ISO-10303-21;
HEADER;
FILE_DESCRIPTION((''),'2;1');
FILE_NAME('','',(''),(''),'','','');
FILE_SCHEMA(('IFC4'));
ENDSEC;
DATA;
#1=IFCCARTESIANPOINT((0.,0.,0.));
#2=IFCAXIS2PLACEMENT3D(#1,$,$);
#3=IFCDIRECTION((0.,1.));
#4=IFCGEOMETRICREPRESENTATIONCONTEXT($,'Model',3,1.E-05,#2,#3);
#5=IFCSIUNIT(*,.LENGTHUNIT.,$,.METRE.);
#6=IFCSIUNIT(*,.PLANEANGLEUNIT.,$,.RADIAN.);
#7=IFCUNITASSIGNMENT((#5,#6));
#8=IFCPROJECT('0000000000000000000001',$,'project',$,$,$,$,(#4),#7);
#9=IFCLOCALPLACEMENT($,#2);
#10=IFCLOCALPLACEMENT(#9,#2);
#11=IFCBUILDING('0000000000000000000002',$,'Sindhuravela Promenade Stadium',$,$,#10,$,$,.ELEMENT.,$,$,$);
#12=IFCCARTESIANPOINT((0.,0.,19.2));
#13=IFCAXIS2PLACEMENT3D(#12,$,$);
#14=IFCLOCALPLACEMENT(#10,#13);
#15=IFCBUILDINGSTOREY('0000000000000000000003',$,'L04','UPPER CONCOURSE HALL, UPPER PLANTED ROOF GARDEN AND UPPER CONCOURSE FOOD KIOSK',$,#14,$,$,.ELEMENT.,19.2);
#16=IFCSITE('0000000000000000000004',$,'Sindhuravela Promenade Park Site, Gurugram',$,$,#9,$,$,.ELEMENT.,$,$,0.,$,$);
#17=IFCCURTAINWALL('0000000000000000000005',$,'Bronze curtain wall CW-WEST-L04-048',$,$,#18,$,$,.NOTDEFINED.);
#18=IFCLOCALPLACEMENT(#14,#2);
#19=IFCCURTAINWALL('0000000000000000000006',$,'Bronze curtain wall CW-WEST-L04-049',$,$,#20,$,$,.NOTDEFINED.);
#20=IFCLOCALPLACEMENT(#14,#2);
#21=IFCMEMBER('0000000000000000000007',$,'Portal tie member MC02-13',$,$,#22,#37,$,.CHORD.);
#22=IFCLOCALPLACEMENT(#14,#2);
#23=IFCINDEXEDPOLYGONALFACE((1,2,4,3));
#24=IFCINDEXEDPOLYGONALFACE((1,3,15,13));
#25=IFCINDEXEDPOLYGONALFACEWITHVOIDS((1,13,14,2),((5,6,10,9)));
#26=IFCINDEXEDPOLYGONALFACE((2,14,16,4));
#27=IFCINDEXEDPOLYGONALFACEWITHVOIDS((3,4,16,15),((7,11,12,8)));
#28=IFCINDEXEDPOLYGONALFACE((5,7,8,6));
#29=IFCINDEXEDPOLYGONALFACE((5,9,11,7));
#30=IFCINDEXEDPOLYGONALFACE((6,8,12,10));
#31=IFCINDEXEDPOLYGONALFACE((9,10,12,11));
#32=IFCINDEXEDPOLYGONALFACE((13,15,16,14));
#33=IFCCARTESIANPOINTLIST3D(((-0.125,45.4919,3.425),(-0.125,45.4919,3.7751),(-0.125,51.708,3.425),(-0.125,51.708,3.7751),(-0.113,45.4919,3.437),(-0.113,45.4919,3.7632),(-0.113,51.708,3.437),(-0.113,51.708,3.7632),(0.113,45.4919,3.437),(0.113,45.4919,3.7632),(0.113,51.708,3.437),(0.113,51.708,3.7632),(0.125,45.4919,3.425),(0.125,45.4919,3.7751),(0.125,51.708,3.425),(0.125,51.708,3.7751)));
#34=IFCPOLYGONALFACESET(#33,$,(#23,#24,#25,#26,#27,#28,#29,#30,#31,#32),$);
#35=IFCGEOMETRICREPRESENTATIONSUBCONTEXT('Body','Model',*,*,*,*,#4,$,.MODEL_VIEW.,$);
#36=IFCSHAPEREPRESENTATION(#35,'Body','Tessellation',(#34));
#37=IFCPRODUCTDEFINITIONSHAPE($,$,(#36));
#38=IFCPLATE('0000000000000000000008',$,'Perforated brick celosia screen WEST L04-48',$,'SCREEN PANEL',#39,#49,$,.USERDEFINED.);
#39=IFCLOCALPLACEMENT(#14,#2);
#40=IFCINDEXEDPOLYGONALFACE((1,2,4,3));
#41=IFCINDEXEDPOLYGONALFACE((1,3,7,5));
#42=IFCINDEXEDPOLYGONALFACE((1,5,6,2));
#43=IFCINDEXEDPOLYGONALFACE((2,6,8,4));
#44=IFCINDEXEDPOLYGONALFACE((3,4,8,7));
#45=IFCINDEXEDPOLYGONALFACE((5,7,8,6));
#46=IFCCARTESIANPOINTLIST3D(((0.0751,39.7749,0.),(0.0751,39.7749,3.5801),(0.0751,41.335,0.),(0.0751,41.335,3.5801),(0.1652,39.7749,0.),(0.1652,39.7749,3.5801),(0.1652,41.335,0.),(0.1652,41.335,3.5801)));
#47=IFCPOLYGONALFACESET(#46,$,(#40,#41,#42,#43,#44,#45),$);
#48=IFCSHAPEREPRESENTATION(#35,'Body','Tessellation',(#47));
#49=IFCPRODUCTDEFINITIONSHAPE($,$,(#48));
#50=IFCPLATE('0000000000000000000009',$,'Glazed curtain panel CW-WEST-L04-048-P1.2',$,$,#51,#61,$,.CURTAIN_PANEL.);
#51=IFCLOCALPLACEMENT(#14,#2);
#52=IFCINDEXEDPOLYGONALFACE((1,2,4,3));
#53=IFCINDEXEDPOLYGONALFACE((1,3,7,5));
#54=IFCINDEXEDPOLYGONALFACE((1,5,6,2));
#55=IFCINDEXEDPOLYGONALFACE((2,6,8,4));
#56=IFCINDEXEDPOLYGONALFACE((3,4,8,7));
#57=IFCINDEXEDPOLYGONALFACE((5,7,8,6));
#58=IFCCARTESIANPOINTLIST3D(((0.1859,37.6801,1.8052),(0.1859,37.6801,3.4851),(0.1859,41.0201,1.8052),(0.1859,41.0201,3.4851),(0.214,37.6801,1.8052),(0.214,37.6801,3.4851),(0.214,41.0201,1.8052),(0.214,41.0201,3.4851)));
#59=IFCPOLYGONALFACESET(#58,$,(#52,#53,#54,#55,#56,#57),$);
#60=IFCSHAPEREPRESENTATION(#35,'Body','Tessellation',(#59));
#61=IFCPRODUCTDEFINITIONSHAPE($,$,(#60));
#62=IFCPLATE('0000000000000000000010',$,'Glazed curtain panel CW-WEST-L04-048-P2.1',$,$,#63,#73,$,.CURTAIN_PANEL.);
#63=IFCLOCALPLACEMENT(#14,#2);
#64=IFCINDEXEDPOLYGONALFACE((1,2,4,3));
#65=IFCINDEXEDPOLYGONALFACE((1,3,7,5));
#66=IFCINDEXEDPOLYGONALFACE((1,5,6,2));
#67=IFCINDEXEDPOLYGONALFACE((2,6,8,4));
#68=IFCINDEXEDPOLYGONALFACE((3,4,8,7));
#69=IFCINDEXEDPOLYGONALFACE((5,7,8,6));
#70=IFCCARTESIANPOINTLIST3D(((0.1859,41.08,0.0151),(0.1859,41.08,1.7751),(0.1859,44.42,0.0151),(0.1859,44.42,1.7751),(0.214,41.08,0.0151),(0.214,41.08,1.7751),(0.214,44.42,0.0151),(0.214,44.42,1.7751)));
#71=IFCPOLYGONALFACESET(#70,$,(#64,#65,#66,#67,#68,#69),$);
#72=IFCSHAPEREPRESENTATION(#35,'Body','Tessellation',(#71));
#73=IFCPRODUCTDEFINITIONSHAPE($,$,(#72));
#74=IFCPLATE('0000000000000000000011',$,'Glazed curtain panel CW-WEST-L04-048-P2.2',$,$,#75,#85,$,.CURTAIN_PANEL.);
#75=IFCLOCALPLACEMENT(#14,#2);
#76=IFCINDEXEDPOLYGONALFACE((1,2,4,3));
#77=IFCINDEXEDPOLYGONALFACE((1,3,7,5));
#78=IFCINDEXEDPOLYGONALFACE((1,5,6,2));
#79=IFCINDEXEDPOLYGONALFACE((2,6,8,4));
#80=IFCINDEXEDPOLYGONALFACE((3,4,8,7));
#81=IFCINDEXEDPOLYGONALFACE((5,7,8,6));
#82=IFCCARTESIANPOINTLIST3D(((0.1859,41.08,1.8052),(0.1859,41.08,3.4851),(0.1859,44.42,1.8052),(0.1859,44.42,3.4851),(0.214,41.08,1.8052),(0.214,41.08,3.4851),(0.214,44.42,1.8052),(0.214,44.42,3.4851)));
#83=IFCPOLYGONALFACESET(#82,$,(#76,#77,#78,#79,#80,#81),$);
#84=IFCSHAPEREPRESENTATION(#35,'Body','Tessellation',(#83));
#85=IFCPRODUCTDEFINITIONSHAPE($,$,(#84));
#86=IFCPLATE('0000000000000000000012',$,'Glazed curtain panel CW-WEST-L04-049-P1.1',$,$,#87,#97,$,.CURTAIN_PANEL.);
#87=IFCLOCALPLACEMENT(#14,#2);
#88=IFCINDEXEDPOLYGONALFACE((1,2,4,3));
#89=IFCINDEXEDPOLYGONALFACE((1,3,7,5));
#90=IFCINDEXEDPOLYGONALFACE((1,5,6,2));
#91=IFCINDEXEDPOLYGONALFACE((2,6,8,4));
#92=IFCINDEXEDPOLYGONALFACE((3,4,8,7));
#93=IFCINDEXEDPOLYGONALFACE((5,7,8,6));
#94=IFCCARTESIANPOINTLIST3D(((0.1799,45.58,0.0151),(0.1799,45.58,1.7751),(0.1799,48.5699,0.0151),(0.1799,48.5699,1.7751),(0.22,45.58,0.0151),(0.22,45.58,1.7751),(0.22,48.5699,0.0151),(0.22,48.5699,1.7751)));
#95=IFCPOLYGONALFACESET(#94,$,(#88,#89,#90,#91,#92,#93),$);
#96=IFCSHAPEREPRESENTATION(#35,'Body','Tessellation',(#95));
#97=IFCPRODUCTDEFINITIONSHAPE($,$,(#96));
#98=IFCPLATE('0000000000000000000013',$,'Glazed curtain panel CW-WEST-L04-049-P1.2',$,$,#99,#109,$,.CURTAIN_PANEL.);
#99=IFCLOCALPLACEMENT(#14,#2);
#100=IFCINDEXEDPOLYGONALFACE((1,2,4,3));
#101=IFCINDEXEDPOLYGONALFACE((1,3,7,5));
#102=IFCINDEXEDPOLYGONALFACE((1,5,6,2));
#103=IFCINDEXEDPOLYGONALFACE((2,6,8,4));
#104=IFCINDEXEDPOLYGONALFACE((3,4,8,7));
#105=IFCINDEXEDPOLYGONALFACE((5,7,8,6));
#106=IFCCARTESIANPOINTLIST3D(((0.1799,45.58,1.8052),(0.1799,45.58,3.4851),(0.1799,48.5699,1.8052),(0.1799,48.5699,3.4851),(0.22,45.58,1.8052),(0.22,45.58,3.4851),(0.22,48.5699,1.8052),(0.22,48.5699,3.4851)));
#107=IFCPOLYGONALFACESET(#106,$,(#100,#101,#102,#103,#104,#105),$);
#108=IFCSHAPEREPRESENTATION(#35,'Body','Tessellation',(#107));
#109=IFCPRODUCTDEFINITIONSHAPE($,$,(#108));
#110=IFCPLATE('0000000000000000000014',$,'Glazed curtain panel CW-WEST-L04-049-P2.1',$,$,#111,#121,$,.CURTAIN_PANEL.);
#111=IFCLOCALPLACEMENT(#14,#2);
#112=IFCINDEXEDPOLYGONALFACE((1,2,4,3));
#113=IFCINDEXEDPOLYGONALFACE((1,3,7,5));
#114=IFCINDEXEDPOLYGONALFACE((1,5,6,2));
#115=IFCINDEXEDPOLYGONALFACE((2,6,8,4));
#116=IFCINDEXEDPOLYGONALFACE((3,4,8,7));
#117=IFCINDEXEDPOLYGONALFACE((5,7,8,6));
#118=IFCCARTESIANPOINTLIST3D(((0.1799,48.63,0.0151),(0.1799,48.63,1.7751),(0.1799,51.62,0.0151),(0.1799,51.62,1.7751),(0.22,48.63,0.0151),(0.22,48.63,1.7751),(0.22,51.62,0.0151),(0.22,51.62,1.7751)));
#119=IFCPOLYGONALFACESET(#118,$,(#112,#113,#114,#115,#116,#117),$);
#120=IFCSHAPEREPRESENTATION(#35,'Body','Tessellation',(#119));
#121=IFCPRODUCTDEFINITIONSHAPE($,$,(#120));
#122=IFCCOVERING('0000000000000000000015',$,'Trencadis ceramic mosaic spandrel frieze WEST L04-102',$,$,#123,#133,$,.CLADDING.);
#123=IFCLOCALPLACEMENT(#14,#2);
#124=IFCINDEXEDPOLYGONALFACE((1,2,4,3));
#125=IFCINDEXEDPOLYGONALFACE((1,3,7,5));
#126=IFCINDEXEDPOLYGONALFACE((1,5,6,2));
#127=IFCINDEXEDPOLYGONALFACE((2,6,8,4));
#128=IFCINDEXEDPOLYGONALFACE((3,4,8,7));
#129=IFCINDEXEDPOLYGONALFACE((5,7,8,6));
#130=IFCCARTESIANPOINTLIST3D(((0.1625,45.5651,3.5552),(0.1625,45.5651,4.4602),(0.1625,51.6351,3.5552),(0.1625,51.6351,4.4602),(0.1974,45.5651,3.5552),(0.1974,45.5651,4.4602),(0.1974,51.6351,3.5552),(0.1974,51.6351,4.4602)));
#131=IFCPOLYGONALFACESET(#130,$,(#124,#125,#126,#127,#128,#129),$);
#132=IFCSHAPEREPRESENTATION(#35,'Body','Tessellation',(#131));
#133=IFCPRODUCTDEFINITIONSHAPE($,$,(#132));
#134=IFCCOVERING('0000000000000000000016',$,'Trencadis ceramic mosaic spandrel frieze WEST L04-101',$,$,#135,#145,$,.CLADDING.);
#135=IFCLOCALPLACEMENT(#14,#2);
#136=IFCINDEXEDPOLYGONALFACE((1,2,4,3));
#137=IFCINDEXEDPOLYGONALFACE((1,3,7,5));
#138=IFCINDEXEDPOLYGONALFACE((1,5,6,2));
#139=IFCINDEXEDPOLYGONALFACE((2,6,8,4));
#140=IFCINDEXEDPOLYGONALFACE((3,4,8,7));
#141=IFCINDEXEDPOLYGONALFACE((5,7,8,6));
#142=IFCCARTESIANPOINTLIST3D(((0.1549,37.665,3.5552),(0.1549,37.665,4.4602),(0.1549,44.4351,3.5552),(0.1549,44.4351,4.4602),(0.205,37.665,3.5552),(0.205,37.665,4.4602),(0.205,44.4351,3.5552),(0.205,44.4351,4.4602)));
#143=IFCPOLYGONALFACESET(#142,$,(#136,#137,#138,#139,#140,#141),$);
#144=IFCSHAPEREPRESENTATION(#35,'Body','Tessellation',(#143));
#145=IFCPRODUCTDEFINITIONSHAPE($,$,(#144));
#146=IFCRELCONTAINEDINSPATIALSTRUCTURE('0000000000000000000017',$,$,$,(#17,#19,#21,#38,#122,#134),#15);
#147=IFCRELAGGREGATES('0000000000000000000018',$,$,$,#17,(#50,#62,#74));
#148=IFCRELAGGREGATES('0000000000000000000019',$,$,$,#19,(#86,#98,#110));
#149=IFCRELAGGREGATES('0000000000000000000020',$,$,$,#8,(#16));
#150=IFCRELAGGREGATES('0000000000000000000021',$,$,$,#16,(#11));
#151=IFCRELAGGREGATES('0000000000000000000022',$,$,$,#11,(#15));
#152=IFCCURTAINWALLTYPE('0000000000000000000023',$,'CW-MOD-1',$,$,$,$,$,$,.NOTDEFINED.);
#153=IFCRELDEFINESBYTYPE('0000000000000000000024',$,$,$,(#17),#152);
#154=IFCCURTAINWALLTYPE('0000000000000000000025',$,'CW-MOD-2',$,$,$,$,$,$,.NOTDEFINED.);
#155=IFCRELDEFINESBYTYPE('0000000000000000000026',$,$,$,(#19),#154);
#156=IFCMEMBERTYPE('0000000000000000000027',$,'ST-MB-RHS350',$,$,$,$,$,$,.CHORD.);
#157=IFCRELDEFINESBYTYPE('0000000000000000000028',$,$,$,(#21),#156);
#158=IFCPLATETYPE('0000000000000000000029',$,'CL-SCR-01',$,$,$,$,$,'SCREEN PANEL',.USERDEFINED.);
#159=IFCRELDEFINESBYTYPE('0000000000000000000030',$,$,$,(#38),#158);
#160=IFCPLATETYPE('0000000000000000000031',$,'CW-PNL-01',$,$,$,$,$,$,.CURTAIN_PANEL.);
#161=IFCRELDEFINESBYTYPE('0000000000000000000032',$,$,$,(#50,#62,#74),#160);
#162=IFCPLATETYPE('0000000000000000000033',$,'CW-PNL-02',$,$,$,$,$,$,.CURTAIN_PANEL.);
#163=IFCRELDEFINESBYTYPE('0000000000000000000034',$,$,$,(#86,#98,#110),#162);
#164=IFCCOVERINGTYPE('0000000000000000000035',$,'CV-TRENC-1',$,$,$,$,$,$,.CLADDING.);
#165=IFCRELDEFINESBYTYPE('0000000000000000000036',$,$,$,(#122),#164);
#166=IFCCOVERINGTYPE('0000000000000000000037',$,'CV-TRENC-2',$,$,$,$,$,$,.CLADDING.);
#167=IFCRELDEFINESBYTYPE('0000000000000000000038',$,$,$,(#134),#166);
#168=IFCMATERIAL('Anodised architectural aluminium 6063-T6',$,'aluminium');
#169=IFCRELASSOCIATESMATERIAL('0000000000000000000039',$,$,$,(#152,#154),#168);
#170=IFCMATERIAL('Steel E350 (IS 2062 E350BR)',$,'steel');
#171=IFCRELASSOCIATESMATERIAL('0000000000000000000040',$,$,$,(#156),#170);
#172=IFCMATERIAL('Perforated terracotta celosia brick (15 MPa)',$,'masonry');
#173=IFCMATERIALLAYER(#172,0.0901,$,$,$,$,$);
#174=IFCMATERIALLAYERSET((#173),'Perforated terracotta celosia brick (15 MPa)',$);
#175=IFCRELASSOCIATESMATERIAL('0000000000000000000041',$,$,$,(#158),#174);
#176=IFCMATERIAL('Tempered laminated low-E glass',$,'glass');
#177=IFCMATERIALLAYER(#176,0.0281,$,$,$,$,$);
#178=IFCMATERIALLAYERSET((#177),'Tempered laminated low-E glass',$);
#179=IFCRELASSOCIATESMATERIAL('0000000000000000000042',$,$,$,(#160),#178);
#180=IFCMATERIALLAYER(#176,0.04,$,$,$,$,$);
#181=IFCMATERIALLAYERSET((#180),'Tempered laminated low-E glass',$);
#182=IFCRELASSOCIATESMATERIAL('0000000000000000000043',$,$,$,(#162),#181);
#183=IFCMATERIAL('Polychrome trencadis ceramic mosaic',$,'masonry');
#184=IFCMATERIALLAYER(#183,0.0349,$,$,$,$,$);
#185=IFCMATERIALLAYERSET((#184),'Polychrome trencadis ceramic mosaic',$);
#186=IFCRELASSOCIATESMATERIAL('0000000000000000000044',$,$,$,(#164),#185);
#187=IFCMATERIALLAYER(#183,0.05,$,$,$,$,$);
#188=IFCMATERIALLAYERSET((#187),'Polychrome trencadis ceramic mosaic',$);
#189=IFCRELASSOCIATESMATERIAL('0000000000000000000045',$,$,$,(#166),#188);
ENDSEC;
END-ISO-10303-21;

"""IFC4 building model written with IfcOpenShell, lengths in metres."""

from ifc_helpers import new_model, si_unit, direction, frame, origin, origin_2d, place, context, subcontext, project, spatial, rectangle, hollow_rectangle, extrude, material, layer, layer_set, material_profile, profile_set, type_object, element, aggregate, save


model = new_model("IFC4")

# Units and contexts
model_context = context("Model", 3, precision=1e-05, world=origin(), true_north=direction((0.0, 1.0)))
body_context = subcontext(model_context, "Body", "Model", "MODEL_VIEW")
ifc_project = project(units=[si_unit("LENGTHUNIT", "METRE"), si_unit("PLANEANGLEUNIT", "RADIAN")], contexts=[model_context])

# Site, building, storey
site_placement = place(None, origin())
site = spatial("IfcSite", under=ifc_project, at=site_placement, Name="Sindhuravela Promenade Park Site, Gurugram", CompositionType="ELEMENT", RefElevation=0.0)
building_placement = place(site_placement, origin())
building = spatial("IfcBuilding", under=site, at=building_placement, Name="Sindhuravela Promenade Stadium", CompositionType="ELEMENT")
storey_placement = place(building_placement, frame((0.0, 0.0, 19.2)))
storey = spatial("IfcBuildingStorey", under=building, at=storey_placement, Name="L04", Description="UPPER CONCOURSE HALL, UPPER PLANTED ROOF GARDEN AND UPPER CONCOURSE FOOD KIOSK", CompositionType="ELEMENT", Elevation=19.2)

# Curtain walls
ifc_material_1 = material(Name="Anodised architectural aluminium 6063-T6", Category="aluminium")
curtain_wall_type_1 = type_object("IfcCurtainWallType", Name="CW-MOD-1", PredefinedType="NOTDEFINED", material=ifc_material_1)
curtain_wall_1_placement = place(storey_placement, origin())
curtain_wall_1 = element("IfcCurtainWall", 1, at=curtain_wall_1_placement, inside=storey, type_object=curtain_wall_type_1, Name="Bronze curtain wall CW-WEST-L04-048", PredefinedType="NOTDEFINED")
curtain_wall_type_2 = type_object("IfcCurtainWallType", Name="CW-MOD-2", PredefinedType="NOTDEFINED", material=ifc_material_1)
curtain_wall_2_placement = place(storey_placement, origin())
curtain_wall_2 = element("IfcCurtainWall", 2, at=curtain_wall_2_placement, inside=storey, type_object=curtain_wall_type_2, Name="Bronze curtain wall CW-WEST-L04-049", PredefinedType="NOTDEFINED")

# Shared definitions
ifc_material_2 = material(Name="Steel E350 (IS 2062 E350BR)", Category="steel")

# Member
ifc_material_profile_1 = material_profile(ifc_material_2, hollow_rectangle(XDim=0.25, YDim=0.3501, WallThickness=0.012, at=origin_2d()), Name="RHS 350x250x12")
ifc_profile_set_1 = profile_set([ifc_material_profile_1], Name="Steel E350 (IS 2062 E350BR)")
member_type_1 = type_object("IfcMemberType", Name="ST-MB-RHS350", PredefinedType="CHORD", material=ifc_profile_set_1)
member_1_placement = place(storey_placement, frame((0.0, 45.4919, 3.6001), z_axis=(0.0, 1.0, 0.0), x_axis=(-1.0, 0.0, 0.0)))
element("IfcMember", 3, at=member_1_placement, inside=storey, type_object=member_type_1, Name="Portal tie member MC02-13", PredefinedType="CHORD", context=body_context, shape_type="SweptSolid", body=[
    extrude(hollow_rectangle(XDim=0.25, YDim=0.3501, WallThickness=0.012, at=origin_2d()), origin(), (0.0, 0.0, 1.0), 6.2161),
])

# Plates
ifc_material_3 = material(Name="Perforated terracotta celosia brick (15 MPa)", Category="masonry")
ifc_layer_1 = layer(ifc_material_3, 0.0901)
ifc_layer_set_1 = layer_set([ifc_layer_1], Name="Perforated terracotta celosia brick (15 MPa)")
plate_type_1 = type_object("IfcPlateType", Name="CL-SCR-01", ElementType="SCREEN PANEL", PredefinedType="USERDEFINED", material=ifc_layer_set_1)
plate_1_placement = place(storey_placement, frame((0.1201, 40.5549, 0.0), z_axis=(0.0, 0.0, 1.0), x_axis=(0.0, 1.0, 0.0)))
element("IfcPlate", 4, at=plate_1_placement, inside=storey, type_object=plate_type_1, Name="Perforated brick celosia screen WEST L04-48", ObjectType="SCREEN PANEL", PredefinedType="USERDEFINED", context=body_context, shape_type="SweptSolid", body=[
    extrude(rectangle(XDim=1.5601, YDim=0.0901, at=origin_2d()), origin(), (0.0, 0.0, 1.0), 3.5801),
])
ifc_material_4 = material(Name="Tempered laminated low-E glass", Category="glass")
ifc_layer_2 = layer(ifc_material_4, 0.0281)
ifc_layer_set_2 = layer_set([ifc_layer_2], Name="Tempered laminated low-E glass")
plate_type_2 = type_object("IfcPlateType", Name="CW-PNL-01", PredefinedType="CURTAIN_PANEL", material=ifc_layer_set_2)
plate_2_placement = place(storey_placement, frame((0.2, 39.3501, 1.8052), z_axis=(0.0, 0.0, 1.0), x_axis=(0.0, 1.0, 0.0)))
plate_2 = element("IfcPlate", 5, at=plate_2_placement, type_object=plate_type_2, Name="Glazed curtain panel CW-WEST-L04-048-P1.2", PredefinedType="CURTAIN_PANEL", context=body_context, shape_type="SweptSolid", body=[
    extrude(rectangle(XDim=3.3401, YDim=0.0281, at=origin_2d()), origin(), (0.0, 0.0, 1.0), 1.6799),
])
plate_3_placement = place(storey_placement, frame((0.2, 42.75, 0.0151), z_axis=(0.0, 0.0, 1.0), x_axis=(0.0, 1.0, 0.0)))
plate_3 = element("IfcPlate", 6, at=plate_3_placement, type_object=plate_type_2, Name="Glazed curtain panel CW-WEST-L04-048-P2.1", PredefinedType="CURTAIN_PANEL", context=body_context, shape_type="SweptSolid", body=[
    extrude(rectangle(XDim=3.3401, YDim=0.0281, at=origin_2d()), origin(), (0.0, 0.0, 1.0), 1.76),
])
plate_4_placement = place(storey_placement, frame((0.2, 42.75, 1.8052), z_axis=(0.0, 0.0, 1.0), x_axis=(0.0, 1.0, 0.0)))
plate_4 = element("IfcPlate", 7, at=plate_4_placement, type_object=plate_type_2, Name="Glazed curtain panel CW-WEST-L04-048-P2.2", PredefinedType="CURTAIN_PANEL", context=body_context, shape_type="SweptSolid", body=[
    extrude(rectangle(XDim=3.3401, YDim=0.0281, at=origin_2d()), origin(), (0.0, 0.0, 1.0), 1.6799),
])
aggregate(curtain_wall_1, [plate_2, plate_3, plate_4])
ifc_layer_3 = layer(ifc_material_4, 0.04)
ifc_layer_set_3 = layer_set([ifc_layer_3], Name="Tempered laminated low-E glass")
plate_type_3 = type_object("IfcPlateType", Name="CW-PNL-02", PredefinedType="CURTAIN_PANEL", material=ifc_layer_set_3)
plate_5_placement = place(storey_placement, frame((0.2, 47.075, 0.0151), z_axis=(0.0, 0.0, 1.0), x_axis=(0.0, 1.0, 0.0)))
plate_5 = element("IfcPlate", 8, at=plate_5_placement, type_object=plate_type_3, Name="Glazed curtain panel CW-WEST-L04-049-P1.1", PredefinedType="CURTAIN_PANEL", context=body_context, shape_type="SweptSolid", body=[
    extrude(rectangle(XDim=2.99, YDim=0.04, at=origin_2d()), origin(), (0.0, 0.0, 1.0), 1.76),
])
plate_6_placement = place(storey_placement, frame((0.2, 47.075, 1.8052), z_axis=(0.0, 0.0, 1.0), x_axis=(0.0, 1.0, 0.0)))
plate_6 = element("IfcPlate", 9, at=plate_6_placement, type_object=plate_type_3, Name="Glazed curtain panel CW-WEST-L04-049-P1.2", PredefinedType="CURTAIN_PANEL", context=body_context, shape_type="SweptSolid", body=[
    extrude(rectangle(XDim=2.99, YDim=0.04, at=origin_2d()), origin(), (0.0, 0.0, 1.0), 1.6799),
])
plate_7_placement = place(storey_placement, frame((0.2, 50.125, 0.0151), z_axis=(0.0, 0.0, 1.0), x_axis=(0.0, 1.0, 0.0)))
plate_7 = element("IfcPlate", 10, at=plate_7_placement, type_object=plate_type_3, Name="Glazed curtain panel CW-WEST-L04-049-P2.1", PredefinedType="CURTAIN_PANEL", context=body_context, shape_type="SweptSolid", body=[
    extrude(rectangle(XDim=2.99, YDim=0.04, at=origin_2d()), origin(), (0.0, 0.0, 1.0), 1.76),
])
aggregate(curtain_wall_2, [plate_5, plate_6, plate_7])

# Coverings
ifc_material_5 = material(Name="Polychrome trencadis ceramic mosaic", Category="masonry")
ifc_layer_4 = layer(ifc_material_5, 0.0349)
ifc_layer_set_4 = layer_set([ifc_layer_4], Name="Polychrome trencadis ceramic mosaic")
covering_type_1 = type_object("IfcCoveringType", Name="CV-TRENC-1", PredefinedType="CLADDING", material=ifc_layer_set_4)
covering_1_placement = place(storey_placement, frame((0.1799, 48.6001, 3.5552), z_axis=(0.0, 0.0, 1.0), x_axis=(0.0, 1.0, 0.0)))
element("IfcCovering", 11, at=covering_1_placement, inside=storey, type_object=covering_type_1, Name="Trencadis ceramic mosaic spandrel frieze WEST L04-102", PredefinedType="CLADDING", context=body_context, shape_type="SweptSolid", body=[
    extrude(rectangle(XDim=6.0701, YDim=0.0349, at=origin_2d()), origin(), (0.0, 0.0, 1.0), 0.905),
])
ifc_layer_5 = layer(ifc_material_5, 0.05)
ifc_layer_set_5 = layer_set([ifc_layer_5], Name="Polychrome trencadis ceramic mosaic")
covering_type_2 = type_object("IfcCoveringType", Name="CV-TRENC-2", PredefinedType="CLADDING", material=ifc_layer_set_5)
covering_2_placement = place(storey_placement, frame((0.1799, 41.05, 3.5552), z_axis=(0.0, 0.0, 1.0), x_axis=(0.0, 1.0, 0.0)))
element("IfcCovering", 12, at=covering_2_placement, inside=storey, type_object=covering_type_2, Name="Trencadis ceramic mosaic spandrel frieze WEST L04-101", PredefinedType="CLADDING", context=body_context, shape_type="SweptSolid", body=[
    extrude(rectangle(XDim=6.77, YDim=0.05, at=origin_2d()), origin(), (0.0, 0.0, 1.0), 0.905),
])

save(model, "model.ifc")
